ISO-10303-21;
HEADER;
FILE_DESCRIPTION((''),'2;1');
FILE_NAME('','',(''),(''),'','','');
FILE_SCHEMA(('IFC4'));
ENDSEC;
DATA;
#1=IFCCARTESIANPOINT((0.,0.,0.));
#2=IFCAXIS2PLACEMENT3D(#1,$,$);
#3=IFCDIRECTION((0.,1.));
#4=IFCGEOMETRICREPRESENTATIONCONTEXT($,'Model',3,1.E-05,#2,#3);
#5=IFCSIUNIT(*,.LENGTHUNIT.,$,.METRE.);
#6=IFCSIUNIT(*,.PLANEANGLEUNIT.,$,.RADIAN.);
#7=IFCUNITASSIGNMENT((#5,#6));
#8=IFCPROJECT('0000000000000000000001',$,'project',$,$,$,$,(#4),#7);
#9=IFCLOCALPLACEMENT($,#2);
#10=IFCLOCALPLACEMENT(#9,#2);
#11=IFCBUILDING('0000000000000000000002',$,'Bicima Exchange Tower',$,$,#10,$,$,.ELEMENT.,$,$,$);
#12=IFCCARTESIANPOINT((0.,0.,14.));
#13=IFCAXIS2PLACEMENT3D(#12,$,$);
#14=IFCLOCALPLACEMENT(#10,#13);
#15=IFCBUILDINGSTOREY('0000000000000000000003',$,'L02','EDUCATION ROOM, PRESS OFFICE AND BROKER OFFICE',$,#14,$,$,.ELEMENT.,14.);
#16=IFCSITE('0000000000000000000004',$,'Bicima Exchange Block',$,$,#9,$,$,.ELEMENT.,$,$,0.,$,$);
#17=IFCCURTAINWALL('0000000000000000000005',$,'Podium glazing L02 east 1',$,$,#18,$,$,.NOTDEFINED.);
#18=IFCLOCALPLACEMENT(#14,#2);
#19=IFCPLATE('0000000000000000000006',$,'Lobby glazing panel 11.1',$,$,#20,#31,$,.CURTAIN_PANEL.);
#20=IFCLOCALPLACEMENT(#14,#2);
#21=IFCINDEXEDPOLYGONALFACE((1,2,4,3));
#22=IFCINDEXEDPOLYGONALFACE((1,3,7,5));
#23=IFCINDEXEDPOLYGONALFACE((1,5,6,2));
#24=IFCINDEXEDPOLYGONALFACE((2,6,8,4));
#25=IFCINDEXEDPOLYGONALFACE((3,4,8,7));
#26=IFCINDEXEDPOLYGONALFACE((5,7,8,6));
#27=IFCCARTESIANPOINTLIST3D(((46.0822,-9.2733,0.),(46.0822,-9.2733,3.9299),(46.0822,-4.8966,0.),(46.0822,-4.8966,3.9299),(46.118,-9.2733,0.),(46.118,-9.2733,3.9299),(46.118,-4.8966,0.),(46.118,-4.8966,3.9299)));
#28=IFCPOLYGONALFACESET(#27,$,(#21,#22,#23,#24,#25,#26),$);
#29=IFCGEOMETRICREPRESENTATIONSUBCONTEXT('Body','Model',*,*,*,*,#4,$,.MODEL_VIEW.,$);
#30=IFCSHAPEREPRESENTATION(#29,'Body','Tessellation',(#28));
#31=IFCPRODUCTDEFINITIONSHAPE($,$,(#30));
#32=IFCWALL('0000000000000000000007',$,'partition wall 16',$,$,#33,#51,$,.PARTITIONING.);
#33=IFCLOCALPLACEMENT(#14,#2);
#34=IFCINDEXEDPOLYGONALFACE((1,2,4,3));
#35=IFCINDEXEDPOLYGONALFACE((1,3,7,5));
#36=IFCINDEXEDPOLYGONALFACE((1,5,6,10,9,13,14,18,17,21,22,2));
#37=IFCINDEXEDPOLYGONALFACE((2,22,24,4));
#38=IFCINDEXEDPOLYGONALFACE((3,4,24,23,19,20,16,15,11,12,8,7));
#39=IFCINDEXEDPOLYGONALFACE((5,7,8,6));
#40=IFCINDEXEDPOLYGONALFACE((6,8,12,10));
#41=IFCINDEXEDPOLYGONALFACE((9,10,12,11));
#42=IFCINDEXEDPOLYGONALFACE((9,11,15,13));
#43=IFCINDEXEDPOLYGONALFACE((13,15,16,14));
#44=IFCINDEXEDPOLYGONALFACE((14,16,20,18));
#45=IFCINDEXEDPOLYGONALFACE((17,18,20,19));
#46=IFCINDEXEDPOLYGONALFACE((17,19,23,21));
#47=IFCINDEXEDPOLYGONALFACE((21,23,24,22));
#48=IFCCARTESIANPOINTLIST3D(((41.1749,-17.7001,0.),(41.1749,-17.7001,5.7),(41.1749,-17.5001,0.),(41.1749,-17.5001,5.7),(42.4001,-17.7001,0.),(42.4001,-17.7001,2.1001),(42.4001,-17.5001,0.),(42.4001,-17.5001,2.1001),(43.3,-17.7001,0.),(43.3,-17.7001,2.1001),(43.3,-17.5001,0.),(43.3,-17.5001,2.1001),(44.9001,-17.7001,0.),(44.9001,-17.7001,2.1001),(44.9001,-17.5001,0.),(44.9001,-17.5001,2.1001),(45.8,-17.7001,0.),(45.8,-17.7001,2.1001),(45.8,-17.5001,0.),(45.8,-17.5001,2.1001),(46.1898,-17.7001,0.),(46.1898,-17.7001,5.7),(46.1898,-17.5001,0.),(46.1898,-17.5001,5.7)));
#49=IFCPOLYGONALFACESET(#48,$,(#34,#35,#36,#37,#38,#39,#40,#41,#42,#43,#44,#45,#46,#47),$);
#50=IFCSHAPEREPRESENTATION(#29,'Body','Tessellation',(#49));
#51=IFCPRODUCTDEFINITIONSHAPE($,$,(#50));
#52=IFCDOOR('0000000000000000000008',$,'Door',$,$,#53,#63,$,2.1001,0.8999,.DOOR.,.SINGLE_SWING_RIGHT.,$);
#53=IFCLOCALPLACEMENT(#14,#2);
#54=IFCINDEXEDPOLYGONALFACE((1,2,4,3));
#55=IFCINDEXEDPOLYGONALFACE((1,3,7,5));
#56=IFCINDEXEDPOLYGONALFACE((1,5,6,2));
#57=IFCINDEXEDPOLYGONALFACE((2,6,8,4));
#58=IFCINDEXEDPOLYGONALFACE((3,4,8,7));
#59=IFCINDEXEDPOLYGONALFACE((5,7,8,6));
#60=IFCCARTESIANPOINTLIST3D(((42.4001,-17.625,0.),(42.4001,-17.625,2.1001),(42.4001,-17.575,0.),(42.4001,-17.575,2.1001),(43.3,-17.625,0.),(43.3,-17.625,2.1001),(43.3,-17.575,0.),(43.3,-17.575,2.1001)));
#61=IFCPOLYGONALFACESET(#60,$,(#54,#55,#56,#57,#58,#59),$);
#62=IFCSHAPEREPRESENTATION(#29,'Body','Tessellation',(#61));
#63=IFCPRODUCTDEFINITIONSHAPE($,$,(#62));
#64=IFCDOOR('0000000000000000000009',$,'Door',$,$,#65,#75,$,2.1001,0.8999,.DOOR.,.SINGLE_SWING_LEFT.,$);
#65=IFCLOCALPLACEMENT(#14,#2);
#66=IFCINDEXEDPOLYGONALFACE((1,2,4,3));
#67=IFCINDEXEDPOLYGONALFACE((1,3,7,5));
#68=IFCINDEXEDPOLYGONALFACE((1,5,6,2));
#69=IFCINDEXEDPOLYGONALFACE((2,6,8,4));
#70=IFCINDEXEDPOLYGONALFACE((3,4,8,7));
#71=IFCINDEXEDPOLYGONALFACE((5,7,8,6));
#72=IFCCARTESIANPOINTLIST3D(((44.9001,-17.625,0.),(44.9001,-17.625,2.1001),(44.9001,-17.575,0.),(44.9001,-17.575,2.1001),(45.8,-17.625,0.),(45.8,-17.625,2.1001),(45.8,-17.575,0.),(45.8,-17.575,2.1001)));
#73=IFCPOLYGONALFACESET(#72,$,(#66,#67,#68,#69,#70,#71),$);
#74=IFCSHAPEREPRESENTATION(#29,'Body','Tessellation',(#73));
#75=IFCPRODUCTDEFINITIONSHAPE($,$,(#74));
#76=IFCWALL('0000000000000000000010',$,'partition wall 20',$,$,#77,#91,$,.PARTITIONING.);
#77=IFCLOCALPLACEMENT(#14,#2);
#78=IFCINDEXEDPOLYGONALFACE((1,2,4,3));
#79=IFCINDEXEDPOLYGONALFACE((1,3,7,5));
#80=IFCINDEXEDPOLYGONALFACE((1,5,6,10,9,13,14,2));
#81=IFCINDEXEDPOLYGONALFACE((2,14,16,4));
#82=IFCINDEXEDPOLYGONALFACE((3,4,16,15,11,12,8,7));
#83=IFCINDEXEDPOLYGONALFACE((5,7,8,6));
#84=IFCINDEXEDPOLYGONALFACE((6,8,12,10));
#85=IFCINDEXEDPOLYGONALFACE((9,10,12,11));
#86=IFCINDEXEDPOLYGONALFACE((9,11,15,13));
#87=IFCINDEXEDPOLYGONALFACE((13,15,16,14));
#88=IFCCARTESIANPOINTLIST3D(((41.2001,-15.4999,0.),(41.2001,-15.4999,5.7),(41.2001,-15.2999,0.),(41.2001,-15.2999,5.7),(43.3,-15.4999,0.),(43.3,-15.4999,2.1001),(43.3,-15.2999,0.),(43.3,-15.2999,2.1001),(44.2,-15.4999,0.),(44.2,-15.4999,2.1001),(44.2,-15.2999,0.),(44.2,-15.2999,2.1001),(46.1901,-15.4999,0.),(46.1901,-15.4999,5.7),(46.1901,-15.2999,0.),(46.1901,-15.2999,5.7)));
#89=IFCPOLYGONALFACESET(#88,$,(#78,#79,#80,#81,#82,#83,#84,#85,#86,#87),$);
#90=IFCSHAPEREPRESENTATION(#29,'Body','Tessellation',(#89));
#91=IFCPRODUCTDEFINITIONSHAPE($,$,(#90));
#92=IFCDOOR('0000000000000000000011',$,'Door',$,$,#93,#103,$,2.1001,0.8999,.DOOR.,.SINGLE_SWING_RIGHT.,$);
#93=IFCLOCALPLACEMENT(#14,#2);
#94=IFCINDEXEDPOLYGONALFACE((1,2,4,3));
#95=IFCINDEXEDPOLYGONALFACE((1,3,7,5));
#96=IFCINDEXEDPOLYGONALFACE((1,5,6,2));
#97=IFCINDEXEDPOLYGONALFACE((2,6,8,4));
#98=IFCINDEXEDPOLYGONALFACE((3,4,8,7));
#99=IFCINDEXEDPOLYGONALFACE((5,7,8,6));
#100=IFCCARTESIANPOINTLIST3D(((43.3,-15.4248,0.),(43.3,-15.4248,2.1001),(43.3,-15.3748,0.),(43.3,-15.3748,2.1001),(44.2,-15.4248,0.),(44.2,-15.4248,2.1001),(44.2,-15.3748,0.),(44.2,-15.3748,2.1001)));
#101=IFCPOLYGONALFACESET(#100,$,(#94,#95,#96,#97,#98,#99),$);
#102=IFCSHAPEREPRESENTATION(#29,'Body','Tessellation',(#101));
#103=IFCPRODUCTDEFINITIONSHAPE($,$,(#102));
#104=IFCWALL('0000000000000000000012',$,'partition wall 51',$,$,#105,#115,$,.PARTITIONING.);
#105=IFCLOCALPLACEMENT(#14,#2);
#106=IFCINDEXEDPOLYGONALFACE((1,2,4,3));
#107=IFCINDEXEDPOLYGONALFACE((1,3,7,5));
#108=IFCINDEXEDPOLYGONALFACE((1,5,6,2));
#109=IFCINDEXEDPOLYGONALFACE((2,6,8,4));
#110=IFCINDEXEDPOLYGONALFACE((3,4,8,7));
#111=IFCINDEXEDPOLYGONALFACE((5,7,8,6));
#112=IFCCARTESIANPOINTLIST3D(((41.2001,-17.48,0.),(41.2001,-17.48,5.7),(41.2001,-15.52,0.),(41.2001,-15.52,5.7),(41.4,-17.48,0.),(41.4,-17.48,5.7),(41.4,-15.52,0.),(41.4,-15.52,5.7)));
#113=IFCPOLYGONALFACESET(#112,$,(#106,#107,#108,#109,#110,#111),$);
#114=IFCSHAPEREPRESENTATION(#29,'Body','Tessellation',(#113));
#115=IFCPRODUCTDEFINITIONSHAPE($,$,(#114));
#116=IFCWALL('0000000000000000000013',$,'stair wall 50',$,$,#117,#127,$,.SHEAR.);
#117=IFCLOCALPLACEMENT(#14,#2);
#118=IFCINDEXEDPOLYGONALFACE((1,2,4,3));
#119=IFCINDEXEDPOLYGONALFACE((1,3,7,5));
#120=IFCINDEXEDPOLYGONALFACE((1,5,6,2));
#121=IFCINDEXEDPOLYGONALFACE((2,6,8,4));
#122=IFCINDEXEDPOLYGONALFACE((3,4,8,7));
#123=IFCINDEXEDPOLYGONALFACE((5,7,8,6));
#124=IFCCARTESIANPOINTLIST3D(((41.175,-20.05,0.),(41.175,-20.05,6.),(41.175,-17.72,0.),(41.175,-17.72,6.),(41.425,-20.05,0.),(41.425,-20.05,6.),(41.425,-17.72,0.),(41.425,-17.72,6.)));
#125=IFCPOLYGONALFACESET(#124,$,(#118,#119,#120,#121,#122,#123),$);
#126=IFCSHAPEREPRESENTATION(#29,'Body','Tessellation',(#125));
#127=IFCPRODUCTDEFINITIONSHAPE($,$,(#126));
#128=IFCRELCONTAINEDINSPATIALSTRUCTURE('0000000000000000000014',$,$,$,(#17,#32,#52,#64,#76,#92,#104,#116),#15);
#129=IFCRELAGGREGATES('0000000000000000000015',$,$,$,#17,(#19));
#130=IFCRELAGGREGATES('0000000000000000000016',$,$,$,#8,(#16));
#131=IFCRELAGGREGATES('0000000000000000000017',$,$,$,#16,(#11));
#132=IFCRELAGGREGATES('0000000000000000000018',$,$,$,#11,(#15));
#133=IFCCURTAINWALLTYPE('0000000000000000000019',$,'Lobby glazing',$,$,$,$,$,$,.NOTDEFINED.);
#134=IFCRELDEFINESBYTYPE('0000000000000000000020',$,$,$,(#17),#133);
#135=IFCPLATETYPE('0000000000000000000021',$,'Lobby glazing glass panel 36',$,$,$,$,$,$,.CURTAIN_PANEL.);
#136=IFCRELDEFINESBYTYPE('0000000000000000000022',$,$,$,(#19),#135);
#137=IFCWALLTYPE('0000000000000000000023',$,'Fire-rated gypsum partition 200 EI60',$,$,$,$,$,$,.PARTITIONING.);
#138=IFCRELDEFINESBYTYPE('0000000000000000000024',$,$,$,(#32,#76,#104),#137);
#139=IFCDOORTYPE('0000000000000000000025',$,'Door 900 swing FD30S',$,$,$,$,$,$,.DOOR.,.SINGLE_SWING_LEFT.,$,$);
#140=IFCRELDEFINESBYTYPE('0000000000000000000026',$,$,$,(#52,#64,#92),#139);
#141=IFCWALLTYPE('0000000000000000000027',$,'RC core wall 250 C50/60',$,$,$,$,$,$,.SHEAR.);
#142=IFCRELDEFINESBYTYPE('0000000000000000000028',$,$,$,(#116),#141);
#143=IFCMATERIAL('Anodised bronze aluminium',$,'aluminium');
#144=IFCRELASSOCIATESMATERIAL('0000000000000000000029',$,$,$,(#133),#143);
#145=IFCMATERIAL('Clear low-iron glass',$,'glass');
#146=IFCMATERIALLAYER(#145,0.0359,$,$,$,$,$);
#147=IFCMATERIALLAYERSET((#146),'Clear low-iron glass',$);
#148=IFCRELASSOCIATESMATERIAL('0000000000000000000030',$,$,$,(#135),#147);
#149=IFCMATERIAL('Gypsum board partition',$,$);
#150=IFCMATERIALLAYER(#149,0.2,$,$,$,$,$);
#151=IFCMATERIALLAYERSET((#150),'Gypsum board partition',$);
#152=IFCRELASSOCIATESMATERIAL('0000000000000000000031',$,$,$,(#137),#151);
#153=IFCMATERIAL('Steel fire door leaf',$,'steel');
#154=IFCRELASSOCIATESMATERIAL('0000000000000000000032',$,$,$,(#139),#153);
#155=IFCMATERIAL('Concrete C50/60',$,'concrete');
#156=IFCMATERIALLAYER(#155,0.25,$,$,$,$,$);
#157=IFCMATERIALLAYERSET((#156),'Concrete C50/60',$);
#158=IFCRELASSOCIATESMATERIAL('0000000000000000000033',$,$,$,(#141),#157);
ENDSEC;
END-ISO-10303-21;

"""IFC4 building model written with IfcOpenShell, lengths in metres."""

from ifc_helpers import new_model, si_unit, direction, frame, frame_2d, origin, origin_2d, place, context, subcontext, project, spatial, rectangle, extrude, material, layer, layer_set, type_object, element, fill, aggregate, save


model = new_model("IFC4")

# Units and contexts
model_context = context("Model", 3, precision=1e-05, world=origin(), true_north=direction((0.0, 1.0)))
body_context = subcontext(model_context, "Body", "Model", "MODEL_VIEW")
ifc_project = project(units=[si_unit("LENGTHUNIT", "METRE"), si_unit("PLANEANGLEUNIT", "RADIAN")], contexts=[model_context])

# Site, building, storey
site_placement = place(None, origin())
site = spatial("IfcSite", under=ifc_project, at=site_placement, Name="Bicima Exchange Block", CompositionType="ELEMENT", RefElevation=0.0)
building_placement = place(site_placement, origin())
building = spatial("IfcBuilding", under=site, at=building_placement, Name="Bicima Exchange Tower", CompositionType="ELEMENT")
storey_placement = place(building_placement, frame((0.0, 0.0, 14.0)))
storey = spatial("IfcBuildingStorey", under=building, at=storey_placement, Name="L02", Description="EDUCATION ROOM, PRESS OFFICE AND BROKER OFFICE", CompositionType="ELEMENT", Elevation=14.0)

# Curtain wall, plate
ifc_material_1 = material(Name="Anodised bronze aluminium", Category="aluminium")
curtain_wall_type = type_object("IfcCurtainWallType", Name="Lobby glazing", PredefinedType="NOTDEFINED", material=ifc_material_1)
curtain_wall_placement = place(storey_placement, origin())
curtain_wall = element("IfcCurtainWall", 1, at=curtain_wall_placement, inside=storey, type_object=curtain_wall_type, Name="Podium glazing L02 east 1", PredefinedType="NOTDEFINED")
ifc_material_2 = material(Name="Clear low-iron glass", Category="glass")
ifc_layer_1 = layer(ifc_material_2, 0.0359)
ifc_layer_set_1 = layer_set([ifc_layer_1], Name="Clear low-iron glass")
plate_type = type_object("IfcPlateType", Name="Lobby glazing glass panel 36", PredefinedType="CURTAIN_PANEL", material=ifc_layer_set_1)
plate_1_placement = place(storey_placement, frame((46.1001, -7.085, 0.0), z_axis=(0.0, 0.0, 1.0), x_axis=(0.0, 1.0, 0.0)))
plate_1 = element("IfcPlate", 2, at=plate_1_placement, type_object=plate_type, Name="Lobby glazing panel 11.1", PredefinedType="CURTAIN_PANEL", context=body_context, shape_type="SweptSolid", body=[
    extrude(rectangle(XDim=4.3767, YDim=0.0359, at=origin_2d()), origin(), (0.0, 0.0, 1.0), 3.9299),
])
aggregate(curtain_wall, [plate_1])

# Wall, openings, doors
ifc_material_3 = material(Name="Gypsum board partition")
ifc_layer_2 = layer(ifc_material_3, 0.2)
ifc_layer_set_2 = layer_set([ifc_layer_2], Name="Gypsum board partition")
wall_type_1 = type_object("IfcWallType", Name="Fire-rated gypsum partition 200 EI60", PredefinedType="PARTITIONING", material=ifc_layer_set_2)
wall_1_placement = place(storey_placement, frame((41.175, -17.6001, 0.0), z_axis=(0.0, 0.0, 1.0), x_axis=(1.0, 0.0, 0.0)))
wall_1 = element("IfcWall", 3, at=wall_1_placement, inside=storey, type_object=wall_type_1, Name="partition wall 16", PredefinedType="PARTITIONING", context=body_context, shape_type="SweptSolid", body=[
    extrude(rectangle(XDim=5.0149, YDim=0.2, at=frame_2d((2.5073, 0.0))), origin(), (0.0, 0.0, 1.0), 5.7),
])
opening_1_placement = place(wall_1_placement, frame((1.2251, 0.0, 0.0)))
opening_1 = element("IfcOpeningElement", 4, at=opening_1_placement, cuts=wall_1, PredefinedType="OPENING", context=body_context, shape_type="SweptSolid", body=[
    extrude(rectangle(XDim=0.8999, YDim=2.1001, at=frame_2d((0.45, 1.05))), frame((0.0, 0.1118, 0.0), z_axis=(0.0, -1.0, 0.0), x_axis=(1.0, 0.0, 0.0)), (0.0, 0.0, 1.0), 0.2239),
])
opening_2_placement = place(wall_1_placement, frame((3.7251, 0.0, 0.0)))
opening_2 = element("IfcOpeningElement", 5, at=opening_2_placement, cuts=wall_1, PredefinedType="OPENING", context=body_context, shape_type="SweptSolid", body=[
    extrude(rectangle(XDim=0.8999, YDim=2.1001, at=frame_2d((0.45, 1.05))), frame((0.0, 0.1118, 0.0), z_axis=(0.0, -1.0, 0.0), x_axis=(1.0, 0.0, 0.0)), (0.0, 0.0, 1.0), 0.2239),
])
ifc_material_4 = material(Name="Steel fire door leaf", Category="steel")
door_type = type_object("IfcDoorType", Name="Door 900 swing FD30S", OperationType="SINGLE_SWING_LEFT", PredefinedType="DOOR", material=ifc_material_4)
door_1_placement = place(opening_1_placement, frame((0.8999, 0.0, 0.0), z_axis=(0.0, 0.0, 1.0), x_axis=(-1.0, 0.0, 0.0)))
door_1 = element("IfcDoor", 6, at=door_1_placement, inside=storey, type_object=door_type, Name="Door", OperationType="SINGLE_SWING_RIGHT", OverallHeight=2.1001, OverallWidth=0.8999, PredefinedType="DOOR", context=body_context, shape_type="SweptSolid", body=[
    extrude(rectangle(XDim=0.8999, YDim=2.1001, at=frame_2d((0.45, 1.05))), frame((0.0, 0.0249, 0.0), z_axis=(0.0, -1.0, 0.0), x_axis=(1.0, 0.0, 0.0)), (0.0, 0.0, 1.0), 0.05),
])
fill(opening_1, door_1)
door_2_placement = place(opening_2_placement, frame((0.8999, 0.0, 0.0), z_axis=(0.0, 0.0, 1.0), x_axis=(-1.0, 0.0, 0.0)))
door_2 = element("IfcDoor", 7, at=door_2_placement, inside=storey, type_object=door_type, Name="Door", OperationType="SINGLE_SWING_LEFT", OverallHeight=2.1001, OverallWidth=0.8999, PredefinedType="DOOR", context=body_context, shape_type="SweptSolid", body=[
    extrude(rectangle(XDim=0.8999, YDim=2.1001, at=frame_2d((0.45, 1.05))), frame((0.0, 0.0249, 0.0), z_axis=(0.0, -1.0, 0.0), x_axis=(1.0, 0.0, 0.0)), (0.0, 0.0, 1.0), 0.05),
])
fill(opening_2, door_2)

# Wall, opening, door
wall_2_placement = place(storey_placement, frame((41.2, -15.3999, 0.0), z_axis=(0.0, 0.0, 1.0), x_axis=(1.0, 0.0, 0.0)))
wall_2 = element("IfcWall", 8, at=wall_2_placement, inside=storey, type_object=wall_type_1, Name="partition wall 20", PredefinedType="PARTITIONING", context=body_context, shape_type="SweptSolid", body=[
    extrude(rectangle(XDim=4.99, YDim=0.2, at=frame_2d((2.4951, 0.0))), origin(), (0.0, 0.0, 1.0), 5.7),
])
opening_3_placement = place(wall_2_placement, frame((2.1001, 0.0, 0.0)))
opening_3 = element("IfcOpeningElement", 9, at=opening_3_placement, cuts=wall_2, PredefinedType="OPENING", context=body_context, shape_type="SweptSolid", body=[
    extrude(rectangle(XDim=0.8999, YDim=2.1001, at=frame_2d((0.45, 1.05))), frame((0.0, 0.1118, 0.0), z_axis=(0.0, -1.0, 0.0), x_axis=(1.0, 0.0, 0.0)), (0.0, 0.0, 1.0), 0.2239),
])
door_3_placement = place(opening_3_placement, frame((0.8999, 0.0, 0.0), z_axis=(0.0, 0.0, 1.0), x_axis=(-1.0, 0.0, 0.0)))
door_3 = element("IfcDoor", 10, at=door_3_placement, inside=storey, type_object=door_type, Name="Door", OperationType="SINGLE_SWING_RIGHT", OverallHeight=2.1001, OverallWidth=0.8999, PredefinedType="DOOR", context=body_context, shape_type="SweptSolid", body=[
    extrude(rectangle(XDim=0.8999, YDim=2.1001, at=frame_2d((0.45, 1.05))), frame((0.0, 0.0249, 0.0), z_axis=(0.0, -1.0, 0.0), x_axis=(1.0, 0.0, 0.0)), (0.0, 0.0, 1.0), 0.05),
])
fill(opening_3, door_3)

# Walls
wall_3_placement = place(storey_placement, frame((41.3, -17.48, 0.0), z_axis=(0.0, 0.0, 1.0), x_axis=(0.0, 1.0, 0.0)))
element("IfcWall", 11, at=wall_3_placement, inside=storey, type_object=wall_type_1, Name="partition wall 51", PredefinedType="PARTITIONING", context=body_context, shape_type="SweptSolid", body=[
    extrude(rectangle(XDim=1.96, YDim=0.2, at=frame_2d((0.98, 0.0))), origin(), (0.0, 0.0, 1.0), 5.7),
])
ifc_material_5 = material(Name="Concrete C50/60", Category="concrete")
ifc_layer_3 = layer(ifc_material_5, 0.25)
ifc_layer_set_3 = layer_set([ifc_layer_3], Name="Concrete C50/60")
wall_type_2 = type_object("IfcWallType", Name="RC core wall 250 C50/60", PredefinedType="SHEAR", material=ifc_layer_set_3)
wall_4_placement = place(storey_placement, frame((41.3, -20.05, 0.0), z_axis=(0.0, 0.0, 1.0), x_axis=(0.0, 1.0, 0.0)))
element("IfcWall", 12, at=wall_4_placement, inside=storey, type_object=wall_type_2, Name="stair wall 50", PredefinedType="SHEAR", context=body_context, shape_type="SweptSolid", body=[
    extrude(rectangle(XDim=2.3301, YDim=0.25, at=frame_2d((1.165, 0.0))), origin(), (0.0, 0.0, 1.0), 6.0),
])

save(model, "model.ifc")
